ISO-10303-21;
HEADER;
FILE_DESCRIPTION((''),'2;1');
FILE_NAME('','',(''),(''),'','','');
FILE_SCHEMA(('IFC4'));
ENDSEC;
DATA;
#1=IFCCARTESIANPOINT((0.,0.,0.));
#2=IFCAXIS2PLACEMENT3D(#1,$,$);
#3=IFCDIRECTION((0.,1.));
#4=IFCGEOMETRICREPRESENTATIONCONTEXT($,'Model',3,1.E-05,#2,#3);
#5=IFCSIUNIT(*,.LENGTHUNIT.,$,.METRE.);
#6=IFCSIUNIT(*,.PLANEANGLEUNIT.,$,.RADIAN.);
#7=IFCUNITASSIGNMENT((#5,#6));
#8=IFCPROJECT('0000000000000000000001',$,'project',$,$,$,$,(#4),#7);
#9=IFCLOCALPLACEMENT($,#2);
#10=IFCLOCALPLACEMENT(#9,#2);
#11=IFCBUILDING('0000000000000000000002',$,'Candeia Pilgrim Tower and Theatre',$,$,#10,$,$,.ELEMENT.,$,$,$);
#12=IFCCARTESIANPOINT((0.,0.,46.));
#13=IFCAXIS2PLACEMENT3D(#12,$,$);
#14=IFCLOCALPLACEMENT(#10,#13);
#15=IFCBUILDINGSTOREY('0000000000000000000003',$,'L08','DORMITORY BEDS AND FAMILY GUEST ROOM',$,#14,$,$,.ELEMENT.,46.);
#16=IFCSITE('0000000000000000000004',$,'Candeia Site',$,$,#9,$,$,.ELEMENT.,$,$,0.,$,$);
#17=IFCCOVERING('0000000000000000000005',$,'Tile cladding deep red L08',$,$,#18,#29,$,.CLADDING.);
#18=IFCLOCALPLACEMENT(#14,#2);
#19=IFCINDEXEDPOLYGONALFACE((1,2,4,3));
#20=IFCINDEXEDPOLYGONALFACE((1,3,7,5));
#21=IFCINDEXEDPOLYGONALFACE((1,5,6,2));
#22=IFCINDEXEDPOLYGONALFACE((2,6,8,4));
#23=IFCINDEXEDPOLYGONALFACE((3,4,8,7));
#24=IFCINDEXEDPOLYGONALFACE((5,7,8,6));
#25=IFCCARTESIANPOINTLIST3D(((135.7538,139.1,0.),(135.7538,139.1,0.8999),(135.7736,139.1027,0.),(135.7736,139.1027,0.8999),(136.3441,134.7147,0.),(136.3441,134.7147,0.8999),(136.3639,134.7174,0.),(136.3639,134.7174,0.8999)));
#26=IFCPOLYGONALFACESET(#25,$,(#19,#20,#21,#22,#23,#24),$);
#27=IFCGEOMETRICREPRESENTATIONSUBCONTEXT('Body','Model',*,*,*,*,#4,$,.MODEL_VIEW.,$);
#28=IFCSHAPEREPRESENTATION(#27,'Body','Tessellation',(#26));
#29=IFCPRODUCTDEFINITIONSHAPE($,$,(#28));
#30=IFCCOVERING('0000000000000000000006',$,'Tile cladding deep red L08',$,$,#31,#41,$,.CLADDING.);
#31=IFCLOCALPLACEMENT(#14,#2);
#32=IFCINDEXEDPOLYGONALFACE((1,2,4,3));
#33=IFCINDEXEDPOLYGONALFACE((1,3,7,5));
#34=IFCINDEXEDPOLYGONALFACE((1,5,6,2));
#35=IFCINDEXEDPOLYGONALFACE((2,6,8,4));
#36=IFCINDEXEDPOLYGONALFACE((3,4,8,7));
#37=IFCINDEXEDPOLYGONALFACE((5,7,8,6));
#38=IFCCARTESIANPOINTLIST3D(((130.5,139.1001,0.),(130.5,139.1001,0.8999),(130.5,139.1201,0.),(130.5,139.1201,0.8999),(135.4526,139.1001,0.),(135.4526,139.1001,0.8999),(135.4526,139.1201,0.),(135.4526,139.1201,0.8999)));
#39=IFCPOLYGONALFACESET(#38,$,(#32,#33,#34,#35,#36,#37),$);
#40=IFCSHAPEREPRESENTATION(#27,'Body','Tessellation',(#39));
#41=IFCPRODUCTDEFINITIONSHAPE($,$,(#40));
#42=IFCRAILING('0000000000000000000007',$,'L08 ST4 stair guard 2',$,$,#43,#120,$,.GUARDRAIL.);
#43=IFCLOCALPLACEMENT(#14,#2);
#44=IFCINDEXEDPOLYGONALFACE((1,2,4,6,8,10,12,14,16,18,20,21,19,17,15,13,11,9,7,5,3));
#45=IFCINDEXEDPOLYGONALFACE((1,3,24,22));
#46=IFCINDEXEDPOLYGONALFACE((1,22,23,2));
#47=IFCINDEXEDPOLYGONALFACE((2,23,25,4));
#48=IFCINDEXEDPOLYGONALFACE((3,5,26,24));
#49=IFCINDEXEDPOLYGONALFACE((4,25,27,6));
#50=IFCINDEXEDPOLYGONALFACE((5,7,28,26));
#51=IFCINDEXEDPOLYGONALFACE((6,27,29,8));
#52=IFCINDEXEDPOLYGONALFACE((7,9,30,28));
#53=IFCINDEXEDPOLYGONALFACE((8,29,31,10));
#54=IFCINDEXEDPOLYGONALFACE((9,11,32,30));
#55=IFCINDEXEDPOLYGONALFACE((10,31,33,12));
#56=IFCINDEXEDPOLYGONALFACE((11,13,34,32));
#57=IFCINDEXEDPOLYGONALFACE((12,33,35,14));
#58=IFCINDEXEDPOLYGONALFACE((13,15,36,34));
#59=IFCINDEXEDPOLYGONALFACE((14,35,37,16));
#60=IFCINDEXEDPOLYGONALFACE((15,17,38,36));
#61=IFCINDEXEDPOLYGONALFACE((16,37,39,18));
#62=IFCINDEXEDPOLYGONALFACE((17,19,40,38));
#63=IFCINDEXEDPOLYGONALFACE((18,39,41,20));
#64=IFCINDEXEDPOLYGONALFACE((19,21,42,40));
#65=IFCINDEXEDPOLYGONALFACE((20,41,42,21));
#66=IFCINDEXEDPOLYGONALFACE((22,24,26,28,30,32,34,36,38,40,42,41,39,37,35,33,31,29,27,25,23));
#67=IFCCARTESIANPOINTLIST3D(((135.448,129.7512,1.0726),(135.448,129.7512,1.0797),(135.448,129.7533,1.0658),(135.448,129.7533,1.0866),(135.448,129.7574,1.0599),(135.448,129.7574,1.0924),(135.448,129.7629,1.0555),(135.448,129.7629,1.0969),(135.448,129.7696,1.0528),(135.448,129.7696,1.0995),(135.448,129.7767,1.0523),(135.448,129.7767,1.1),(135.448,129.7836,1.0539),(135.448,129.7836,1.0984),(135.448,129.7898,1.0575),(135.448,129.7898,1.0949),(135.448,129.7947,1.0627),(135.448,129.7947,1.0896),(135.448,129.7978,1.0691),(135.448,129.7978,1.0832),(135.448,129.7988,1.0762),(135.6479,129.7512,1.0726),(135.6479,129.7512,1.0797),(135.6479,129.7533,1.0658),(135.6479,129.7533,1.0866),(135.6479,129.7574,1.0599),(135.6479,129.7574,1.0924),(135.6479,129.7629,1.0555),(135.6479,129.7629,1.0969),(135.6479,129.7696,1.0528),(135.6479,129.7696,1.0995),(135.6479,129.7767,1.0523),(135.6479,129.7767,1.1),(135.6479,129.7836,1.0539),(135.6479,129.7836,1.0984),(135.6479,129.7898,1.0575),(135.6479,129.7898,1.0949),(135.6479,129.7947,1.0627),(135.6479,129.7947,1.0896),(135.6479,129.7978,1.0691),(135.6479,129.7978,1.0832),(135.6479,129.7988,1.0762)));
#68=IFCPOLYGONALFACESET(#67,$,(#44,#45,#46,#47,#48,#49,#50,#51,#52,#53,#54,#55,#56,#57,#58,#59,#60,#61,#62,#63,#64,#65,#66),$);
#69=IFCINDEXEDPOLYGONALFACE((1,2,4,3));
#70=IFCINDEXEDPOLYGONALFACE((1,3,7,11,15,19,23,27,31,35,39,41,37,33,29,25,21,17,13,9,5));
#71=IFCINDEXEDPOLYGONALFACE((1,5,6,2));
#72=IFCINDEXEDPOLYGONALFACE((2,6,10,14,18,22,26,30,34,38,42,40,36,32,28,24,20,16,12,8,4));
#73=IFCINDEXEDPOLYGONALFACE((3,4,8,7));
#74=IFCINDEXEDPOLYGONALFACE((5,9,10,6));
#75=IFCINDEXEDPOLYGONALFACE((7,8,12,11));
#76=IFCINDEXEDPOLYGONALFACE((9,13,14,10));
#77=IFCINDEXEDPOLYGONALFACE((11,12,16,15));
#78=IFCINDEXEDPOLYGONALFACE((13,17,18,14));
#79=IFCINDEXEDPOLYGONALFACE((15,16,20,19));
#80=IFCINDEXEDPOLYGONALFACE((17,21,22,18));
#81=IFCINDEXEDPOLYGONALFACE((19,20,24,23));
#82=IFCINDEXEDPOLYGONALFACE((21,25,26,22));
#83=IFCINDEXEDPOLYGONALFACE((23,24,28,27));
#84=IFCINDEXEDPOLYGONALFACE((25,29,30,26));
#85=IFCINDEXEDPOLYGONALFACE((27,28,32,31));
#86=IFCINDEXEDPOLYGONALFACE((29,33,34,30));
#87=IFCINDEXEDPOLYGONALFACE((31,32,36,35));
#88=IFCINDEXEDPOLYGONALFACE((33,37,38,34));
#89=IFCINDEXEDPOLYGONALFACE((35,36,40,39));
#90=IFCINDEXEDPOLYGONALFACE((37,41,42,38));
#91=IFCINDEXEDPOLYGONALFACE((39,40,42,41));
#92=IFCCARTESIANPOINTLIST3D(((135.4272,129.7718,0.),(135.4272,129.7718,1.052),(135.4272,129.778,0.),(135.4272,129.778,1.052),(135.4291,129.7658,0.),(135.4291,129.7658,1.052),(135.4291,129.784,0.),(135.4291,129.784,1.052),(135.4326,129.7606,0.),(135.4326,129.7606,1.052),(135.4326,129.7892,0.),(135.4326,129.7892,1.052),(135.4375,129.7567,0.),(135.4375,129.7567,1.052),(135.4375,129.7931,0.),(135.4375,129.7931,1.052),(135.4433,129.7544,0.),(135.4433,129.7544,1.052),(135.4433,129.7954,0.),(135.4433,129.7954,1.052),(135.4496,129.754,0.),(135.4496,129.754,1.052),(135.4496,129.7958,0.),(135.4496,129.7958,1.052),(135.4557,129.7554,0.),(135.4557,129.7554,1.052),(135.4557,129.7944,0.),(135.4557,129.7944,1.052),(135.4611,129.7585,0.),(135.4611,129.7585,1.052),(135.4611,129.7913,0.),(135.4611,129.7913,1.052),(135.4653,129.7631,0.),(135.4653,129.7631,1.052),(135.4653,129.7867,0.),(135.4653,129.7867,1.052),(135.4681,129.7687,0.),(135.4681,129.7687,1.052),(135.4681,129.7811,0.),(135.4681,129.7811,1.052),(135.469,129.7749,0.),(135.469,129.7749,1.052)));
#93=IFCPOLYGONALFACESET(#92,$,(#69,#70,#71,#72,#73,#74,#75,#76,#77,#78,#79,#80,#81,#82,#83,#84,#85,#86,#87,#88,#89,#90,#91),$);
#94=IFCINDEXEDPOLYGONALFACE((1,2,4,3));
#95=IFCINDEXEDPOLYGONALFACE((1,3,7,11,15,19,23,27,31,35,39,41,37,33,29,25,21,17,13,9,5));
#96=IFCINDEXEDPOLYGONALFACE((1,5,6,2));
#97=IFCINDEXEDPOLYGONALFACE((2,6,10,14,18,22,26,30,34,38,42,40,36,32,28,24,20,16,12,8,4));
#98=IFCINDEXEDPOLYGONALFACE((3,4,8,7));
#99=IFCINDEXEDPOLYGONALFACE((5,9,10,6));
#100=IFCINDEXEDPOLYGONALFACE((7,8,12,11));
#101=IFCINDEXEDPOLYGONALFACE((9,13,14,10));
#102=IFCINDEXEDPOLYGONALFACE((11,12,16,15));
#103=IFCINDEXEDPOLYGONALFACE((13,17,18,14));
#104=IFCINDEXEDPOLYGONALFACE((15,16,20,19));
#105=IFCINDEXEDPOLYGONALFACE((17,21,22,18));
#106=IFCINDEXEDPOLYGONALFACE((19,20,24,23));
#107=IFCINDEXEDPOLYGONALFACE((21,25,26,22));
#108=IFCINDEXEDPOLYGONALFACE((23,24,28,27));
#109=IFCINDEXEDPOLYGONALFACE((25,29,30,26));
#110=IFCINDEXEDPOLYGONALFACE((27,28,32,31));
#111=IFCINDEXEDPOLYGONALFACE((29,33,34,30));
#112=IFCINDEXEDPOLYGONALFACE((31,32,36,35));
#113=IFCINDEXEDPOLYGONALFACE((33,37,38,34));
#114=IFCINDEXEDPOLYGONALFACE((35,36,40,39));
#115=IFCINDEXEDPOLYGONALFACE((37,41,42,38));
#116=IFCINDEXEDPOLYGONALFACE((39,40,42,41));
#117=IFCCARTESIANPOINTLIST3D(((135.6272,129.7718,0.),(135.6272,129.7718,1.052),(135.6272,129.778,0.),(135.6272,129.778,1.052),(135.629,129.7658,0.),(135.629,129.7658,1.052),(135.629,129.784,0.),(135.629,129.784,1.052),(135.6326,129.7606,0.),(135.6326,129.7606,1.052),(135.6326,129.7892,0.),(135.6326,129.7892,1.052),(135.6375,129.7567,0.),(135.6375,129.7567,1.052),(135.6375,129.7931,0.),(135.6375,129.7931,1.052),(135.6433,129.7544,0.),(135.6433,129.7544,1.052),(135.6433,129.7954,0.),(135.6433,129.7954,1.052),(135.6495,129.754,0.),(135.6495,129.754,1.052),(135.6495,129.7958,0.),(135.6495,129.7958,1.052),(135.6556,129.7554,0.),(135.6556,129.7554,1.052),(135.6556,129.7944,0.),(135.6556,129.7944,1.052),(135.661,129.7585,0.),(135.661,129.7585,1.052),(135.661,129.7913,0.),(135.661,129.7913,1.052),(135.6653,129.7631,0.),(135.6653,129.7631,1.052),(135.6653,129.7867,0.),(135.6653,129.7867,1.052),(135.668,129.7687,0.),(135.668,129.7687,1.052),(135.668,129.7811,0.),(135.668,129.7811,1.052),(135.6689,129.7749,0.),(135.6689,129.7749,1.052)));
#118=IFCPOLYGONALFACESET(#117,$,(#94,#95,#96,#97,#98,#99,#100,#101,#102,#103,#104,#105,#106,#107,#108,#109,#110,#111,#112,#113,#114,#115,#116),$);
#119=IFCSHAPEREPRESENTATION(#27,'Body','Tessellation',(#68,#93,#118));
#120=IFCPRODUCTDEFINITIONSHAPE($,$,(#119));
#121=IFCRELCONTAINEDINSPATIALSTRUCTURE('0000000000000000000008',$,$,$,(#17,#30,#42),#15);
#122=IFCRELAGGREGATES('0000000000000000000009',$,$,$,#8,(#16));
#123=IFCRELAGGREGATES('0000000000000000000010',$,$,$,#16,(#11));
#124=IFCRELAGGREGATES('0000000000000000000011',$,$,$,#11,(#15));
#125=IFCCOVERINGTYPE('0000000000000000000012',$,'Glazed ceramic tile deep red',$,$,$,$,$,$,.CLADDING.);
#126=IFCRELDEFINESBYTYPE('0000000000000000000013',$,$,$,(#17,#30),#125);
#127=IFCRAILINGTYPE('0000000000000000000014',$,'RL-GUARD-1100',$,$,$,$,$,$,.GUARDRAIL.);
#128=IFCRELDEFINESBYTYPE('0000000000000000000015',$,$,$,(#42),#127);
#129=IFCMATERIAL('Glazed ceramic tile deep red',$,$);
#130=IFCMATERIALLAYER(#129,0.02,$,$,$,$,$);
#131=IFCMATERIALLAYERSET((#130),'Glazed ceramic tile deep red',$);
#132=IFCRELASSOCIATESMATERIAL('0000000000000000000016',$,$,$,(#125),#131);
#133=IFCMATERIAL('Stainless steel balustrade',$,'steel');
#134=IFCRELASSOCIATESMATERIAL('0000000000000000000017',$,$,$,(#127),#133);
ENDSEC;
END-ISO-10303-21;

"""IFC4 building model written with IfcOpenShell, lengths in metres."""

from ifc_helpers import new_model, si_unit, direction, frame, origin, origin_2d, place, context, subcontext, project, spatial, rectangle, circle, extrude, material, layer, layer_set, type_object, element, save


model = new_model("IFC4")

# Units and contexts
model_context = context("Model", 3, precision=1e-05, world=origin(), true_north=direction((0.0, 1.0)))
body_context = subcontext(model_context, "Body", "Model", "MODEL_VIEW")
ifc_project = project(units=[si_unit("LENGTHUNIT", "METRE"), si_unit("PLANEANGLEUNIT", "RADIAN")], contexts=[model_context])

# Site, building, storey
site_placement = place(None, origin())
site = spatial("IfcSite", under=ifc_project, at=site_placement, Name="Candeia Site", CompositionType="ELEMENT", RefElevation=0.0)
building_placement = place(site_placement, origin())
building = spatial("IfcBuilding", under=site, at=building_placement, Name="Candeia Pilgrim Tower and Theatre", CompositionType="ELEMENT")
storey_placement = place(building_placement, frame((0.0, 0.0, 46.0)))
storey = spatial("IfcBuildingStorey", under=building, at=storey_placement, Name="L08", Description="DORMITORY BEDS AND FAMILY GUEST ROOM", CompositionType="ELEMENT", Elevation=46.0)

# Coverings
ifc_material_1 = material(Name="Glazed ceramic tile deep red")
ifc_layer_1 = layer(ifc_material_1, 0.02)
ifc_layer_set_1 = layer_set([ifc_layer_1], Name="Glazed ceramic tile deep red")
covering_type = type_object("IfcCoveringType", Name="Glazed ceramic tile deep red", PredefinedType="CLADDING", material=ifc_layer_set_1)
covering_1_placement = place(storey_placement, frame((136.0588, 136.9087, 0.0), z_axis=(0.0, 0.0, 1.0), x_axis=(-0.133412, 0.991061, 0.0)))
element("IfcCovering", 1, at=covering_1_placement, inside=storey, type_object=covering_type, Name="Tile cladding deep red L08", PredefinedType="CLADDING", context=body_context, shape_type="SweptSolid", body=[
    extrude(rectangle(XDim=4.4248, YDim=0.02, at=origin_2d()), origin(), (0.0, 0.0, 1.0), 0.8999),
])
covering_2_placement = place(storey_placement, frame((132.9763, 139.1101, 0.0), z_axis=(0.0, 0.0, 1.0), x_axis=(-1.0, 0.0, 0.0)))
element("IfcCovering", 2, at=covering_2_placement, inside=storey, type_object=covering_type, Name="Tile cladding deep red L08", PredefinedType="CLADDING", context=body_context, shape_type="SweptSolid", body=[
    extrude(rectangle(XDim=4.9526, YDim=0.02, at=origin_2d()), origin(), (0.0, 0.0, 1.0), 0.8999),
])

# Railing
ifc_material_2 = material(Name="Stainless steel balustrade", Category="steel")
railing_type = type_object("IfcRailingType", Name="RL-GUARD-1100", PredefinedType="GUARDRAIL", material=ifc_material_2)
railing_1_placement = place(storey_placement, frame((135.448, 129.7749, 0.0)))
element("IfcRailing", 3, at=railing_1_placement, inside=storey, type_object=railing_type, Name="L08 ST4 stair guard 2", PredefinedType="GUARDRAIL", context=body_context, shape_type="SweptSolid", body=[
    extrude(circle(Radius=0.0239, at=origin_2d()), frame((0.0, 0.0, 1.0762), z_axis=(1.0, 0.0, 0.0), x_axis=(0.0, 1.0, 0.0)), (0.0, 0.0, 1.0), 0.2),
    extrude(circle(Radius=0.021, at=origin_2d()), origin(), (0.0, 0.0, 1.0), 1.052),
    extrude(circle(Radius=0.021, at=origin_2d()), frame((0.2, 0.0, 0.0)), (0.0, 0.0, 1.0), 1.052),
])

save(model, "model.ifc")
